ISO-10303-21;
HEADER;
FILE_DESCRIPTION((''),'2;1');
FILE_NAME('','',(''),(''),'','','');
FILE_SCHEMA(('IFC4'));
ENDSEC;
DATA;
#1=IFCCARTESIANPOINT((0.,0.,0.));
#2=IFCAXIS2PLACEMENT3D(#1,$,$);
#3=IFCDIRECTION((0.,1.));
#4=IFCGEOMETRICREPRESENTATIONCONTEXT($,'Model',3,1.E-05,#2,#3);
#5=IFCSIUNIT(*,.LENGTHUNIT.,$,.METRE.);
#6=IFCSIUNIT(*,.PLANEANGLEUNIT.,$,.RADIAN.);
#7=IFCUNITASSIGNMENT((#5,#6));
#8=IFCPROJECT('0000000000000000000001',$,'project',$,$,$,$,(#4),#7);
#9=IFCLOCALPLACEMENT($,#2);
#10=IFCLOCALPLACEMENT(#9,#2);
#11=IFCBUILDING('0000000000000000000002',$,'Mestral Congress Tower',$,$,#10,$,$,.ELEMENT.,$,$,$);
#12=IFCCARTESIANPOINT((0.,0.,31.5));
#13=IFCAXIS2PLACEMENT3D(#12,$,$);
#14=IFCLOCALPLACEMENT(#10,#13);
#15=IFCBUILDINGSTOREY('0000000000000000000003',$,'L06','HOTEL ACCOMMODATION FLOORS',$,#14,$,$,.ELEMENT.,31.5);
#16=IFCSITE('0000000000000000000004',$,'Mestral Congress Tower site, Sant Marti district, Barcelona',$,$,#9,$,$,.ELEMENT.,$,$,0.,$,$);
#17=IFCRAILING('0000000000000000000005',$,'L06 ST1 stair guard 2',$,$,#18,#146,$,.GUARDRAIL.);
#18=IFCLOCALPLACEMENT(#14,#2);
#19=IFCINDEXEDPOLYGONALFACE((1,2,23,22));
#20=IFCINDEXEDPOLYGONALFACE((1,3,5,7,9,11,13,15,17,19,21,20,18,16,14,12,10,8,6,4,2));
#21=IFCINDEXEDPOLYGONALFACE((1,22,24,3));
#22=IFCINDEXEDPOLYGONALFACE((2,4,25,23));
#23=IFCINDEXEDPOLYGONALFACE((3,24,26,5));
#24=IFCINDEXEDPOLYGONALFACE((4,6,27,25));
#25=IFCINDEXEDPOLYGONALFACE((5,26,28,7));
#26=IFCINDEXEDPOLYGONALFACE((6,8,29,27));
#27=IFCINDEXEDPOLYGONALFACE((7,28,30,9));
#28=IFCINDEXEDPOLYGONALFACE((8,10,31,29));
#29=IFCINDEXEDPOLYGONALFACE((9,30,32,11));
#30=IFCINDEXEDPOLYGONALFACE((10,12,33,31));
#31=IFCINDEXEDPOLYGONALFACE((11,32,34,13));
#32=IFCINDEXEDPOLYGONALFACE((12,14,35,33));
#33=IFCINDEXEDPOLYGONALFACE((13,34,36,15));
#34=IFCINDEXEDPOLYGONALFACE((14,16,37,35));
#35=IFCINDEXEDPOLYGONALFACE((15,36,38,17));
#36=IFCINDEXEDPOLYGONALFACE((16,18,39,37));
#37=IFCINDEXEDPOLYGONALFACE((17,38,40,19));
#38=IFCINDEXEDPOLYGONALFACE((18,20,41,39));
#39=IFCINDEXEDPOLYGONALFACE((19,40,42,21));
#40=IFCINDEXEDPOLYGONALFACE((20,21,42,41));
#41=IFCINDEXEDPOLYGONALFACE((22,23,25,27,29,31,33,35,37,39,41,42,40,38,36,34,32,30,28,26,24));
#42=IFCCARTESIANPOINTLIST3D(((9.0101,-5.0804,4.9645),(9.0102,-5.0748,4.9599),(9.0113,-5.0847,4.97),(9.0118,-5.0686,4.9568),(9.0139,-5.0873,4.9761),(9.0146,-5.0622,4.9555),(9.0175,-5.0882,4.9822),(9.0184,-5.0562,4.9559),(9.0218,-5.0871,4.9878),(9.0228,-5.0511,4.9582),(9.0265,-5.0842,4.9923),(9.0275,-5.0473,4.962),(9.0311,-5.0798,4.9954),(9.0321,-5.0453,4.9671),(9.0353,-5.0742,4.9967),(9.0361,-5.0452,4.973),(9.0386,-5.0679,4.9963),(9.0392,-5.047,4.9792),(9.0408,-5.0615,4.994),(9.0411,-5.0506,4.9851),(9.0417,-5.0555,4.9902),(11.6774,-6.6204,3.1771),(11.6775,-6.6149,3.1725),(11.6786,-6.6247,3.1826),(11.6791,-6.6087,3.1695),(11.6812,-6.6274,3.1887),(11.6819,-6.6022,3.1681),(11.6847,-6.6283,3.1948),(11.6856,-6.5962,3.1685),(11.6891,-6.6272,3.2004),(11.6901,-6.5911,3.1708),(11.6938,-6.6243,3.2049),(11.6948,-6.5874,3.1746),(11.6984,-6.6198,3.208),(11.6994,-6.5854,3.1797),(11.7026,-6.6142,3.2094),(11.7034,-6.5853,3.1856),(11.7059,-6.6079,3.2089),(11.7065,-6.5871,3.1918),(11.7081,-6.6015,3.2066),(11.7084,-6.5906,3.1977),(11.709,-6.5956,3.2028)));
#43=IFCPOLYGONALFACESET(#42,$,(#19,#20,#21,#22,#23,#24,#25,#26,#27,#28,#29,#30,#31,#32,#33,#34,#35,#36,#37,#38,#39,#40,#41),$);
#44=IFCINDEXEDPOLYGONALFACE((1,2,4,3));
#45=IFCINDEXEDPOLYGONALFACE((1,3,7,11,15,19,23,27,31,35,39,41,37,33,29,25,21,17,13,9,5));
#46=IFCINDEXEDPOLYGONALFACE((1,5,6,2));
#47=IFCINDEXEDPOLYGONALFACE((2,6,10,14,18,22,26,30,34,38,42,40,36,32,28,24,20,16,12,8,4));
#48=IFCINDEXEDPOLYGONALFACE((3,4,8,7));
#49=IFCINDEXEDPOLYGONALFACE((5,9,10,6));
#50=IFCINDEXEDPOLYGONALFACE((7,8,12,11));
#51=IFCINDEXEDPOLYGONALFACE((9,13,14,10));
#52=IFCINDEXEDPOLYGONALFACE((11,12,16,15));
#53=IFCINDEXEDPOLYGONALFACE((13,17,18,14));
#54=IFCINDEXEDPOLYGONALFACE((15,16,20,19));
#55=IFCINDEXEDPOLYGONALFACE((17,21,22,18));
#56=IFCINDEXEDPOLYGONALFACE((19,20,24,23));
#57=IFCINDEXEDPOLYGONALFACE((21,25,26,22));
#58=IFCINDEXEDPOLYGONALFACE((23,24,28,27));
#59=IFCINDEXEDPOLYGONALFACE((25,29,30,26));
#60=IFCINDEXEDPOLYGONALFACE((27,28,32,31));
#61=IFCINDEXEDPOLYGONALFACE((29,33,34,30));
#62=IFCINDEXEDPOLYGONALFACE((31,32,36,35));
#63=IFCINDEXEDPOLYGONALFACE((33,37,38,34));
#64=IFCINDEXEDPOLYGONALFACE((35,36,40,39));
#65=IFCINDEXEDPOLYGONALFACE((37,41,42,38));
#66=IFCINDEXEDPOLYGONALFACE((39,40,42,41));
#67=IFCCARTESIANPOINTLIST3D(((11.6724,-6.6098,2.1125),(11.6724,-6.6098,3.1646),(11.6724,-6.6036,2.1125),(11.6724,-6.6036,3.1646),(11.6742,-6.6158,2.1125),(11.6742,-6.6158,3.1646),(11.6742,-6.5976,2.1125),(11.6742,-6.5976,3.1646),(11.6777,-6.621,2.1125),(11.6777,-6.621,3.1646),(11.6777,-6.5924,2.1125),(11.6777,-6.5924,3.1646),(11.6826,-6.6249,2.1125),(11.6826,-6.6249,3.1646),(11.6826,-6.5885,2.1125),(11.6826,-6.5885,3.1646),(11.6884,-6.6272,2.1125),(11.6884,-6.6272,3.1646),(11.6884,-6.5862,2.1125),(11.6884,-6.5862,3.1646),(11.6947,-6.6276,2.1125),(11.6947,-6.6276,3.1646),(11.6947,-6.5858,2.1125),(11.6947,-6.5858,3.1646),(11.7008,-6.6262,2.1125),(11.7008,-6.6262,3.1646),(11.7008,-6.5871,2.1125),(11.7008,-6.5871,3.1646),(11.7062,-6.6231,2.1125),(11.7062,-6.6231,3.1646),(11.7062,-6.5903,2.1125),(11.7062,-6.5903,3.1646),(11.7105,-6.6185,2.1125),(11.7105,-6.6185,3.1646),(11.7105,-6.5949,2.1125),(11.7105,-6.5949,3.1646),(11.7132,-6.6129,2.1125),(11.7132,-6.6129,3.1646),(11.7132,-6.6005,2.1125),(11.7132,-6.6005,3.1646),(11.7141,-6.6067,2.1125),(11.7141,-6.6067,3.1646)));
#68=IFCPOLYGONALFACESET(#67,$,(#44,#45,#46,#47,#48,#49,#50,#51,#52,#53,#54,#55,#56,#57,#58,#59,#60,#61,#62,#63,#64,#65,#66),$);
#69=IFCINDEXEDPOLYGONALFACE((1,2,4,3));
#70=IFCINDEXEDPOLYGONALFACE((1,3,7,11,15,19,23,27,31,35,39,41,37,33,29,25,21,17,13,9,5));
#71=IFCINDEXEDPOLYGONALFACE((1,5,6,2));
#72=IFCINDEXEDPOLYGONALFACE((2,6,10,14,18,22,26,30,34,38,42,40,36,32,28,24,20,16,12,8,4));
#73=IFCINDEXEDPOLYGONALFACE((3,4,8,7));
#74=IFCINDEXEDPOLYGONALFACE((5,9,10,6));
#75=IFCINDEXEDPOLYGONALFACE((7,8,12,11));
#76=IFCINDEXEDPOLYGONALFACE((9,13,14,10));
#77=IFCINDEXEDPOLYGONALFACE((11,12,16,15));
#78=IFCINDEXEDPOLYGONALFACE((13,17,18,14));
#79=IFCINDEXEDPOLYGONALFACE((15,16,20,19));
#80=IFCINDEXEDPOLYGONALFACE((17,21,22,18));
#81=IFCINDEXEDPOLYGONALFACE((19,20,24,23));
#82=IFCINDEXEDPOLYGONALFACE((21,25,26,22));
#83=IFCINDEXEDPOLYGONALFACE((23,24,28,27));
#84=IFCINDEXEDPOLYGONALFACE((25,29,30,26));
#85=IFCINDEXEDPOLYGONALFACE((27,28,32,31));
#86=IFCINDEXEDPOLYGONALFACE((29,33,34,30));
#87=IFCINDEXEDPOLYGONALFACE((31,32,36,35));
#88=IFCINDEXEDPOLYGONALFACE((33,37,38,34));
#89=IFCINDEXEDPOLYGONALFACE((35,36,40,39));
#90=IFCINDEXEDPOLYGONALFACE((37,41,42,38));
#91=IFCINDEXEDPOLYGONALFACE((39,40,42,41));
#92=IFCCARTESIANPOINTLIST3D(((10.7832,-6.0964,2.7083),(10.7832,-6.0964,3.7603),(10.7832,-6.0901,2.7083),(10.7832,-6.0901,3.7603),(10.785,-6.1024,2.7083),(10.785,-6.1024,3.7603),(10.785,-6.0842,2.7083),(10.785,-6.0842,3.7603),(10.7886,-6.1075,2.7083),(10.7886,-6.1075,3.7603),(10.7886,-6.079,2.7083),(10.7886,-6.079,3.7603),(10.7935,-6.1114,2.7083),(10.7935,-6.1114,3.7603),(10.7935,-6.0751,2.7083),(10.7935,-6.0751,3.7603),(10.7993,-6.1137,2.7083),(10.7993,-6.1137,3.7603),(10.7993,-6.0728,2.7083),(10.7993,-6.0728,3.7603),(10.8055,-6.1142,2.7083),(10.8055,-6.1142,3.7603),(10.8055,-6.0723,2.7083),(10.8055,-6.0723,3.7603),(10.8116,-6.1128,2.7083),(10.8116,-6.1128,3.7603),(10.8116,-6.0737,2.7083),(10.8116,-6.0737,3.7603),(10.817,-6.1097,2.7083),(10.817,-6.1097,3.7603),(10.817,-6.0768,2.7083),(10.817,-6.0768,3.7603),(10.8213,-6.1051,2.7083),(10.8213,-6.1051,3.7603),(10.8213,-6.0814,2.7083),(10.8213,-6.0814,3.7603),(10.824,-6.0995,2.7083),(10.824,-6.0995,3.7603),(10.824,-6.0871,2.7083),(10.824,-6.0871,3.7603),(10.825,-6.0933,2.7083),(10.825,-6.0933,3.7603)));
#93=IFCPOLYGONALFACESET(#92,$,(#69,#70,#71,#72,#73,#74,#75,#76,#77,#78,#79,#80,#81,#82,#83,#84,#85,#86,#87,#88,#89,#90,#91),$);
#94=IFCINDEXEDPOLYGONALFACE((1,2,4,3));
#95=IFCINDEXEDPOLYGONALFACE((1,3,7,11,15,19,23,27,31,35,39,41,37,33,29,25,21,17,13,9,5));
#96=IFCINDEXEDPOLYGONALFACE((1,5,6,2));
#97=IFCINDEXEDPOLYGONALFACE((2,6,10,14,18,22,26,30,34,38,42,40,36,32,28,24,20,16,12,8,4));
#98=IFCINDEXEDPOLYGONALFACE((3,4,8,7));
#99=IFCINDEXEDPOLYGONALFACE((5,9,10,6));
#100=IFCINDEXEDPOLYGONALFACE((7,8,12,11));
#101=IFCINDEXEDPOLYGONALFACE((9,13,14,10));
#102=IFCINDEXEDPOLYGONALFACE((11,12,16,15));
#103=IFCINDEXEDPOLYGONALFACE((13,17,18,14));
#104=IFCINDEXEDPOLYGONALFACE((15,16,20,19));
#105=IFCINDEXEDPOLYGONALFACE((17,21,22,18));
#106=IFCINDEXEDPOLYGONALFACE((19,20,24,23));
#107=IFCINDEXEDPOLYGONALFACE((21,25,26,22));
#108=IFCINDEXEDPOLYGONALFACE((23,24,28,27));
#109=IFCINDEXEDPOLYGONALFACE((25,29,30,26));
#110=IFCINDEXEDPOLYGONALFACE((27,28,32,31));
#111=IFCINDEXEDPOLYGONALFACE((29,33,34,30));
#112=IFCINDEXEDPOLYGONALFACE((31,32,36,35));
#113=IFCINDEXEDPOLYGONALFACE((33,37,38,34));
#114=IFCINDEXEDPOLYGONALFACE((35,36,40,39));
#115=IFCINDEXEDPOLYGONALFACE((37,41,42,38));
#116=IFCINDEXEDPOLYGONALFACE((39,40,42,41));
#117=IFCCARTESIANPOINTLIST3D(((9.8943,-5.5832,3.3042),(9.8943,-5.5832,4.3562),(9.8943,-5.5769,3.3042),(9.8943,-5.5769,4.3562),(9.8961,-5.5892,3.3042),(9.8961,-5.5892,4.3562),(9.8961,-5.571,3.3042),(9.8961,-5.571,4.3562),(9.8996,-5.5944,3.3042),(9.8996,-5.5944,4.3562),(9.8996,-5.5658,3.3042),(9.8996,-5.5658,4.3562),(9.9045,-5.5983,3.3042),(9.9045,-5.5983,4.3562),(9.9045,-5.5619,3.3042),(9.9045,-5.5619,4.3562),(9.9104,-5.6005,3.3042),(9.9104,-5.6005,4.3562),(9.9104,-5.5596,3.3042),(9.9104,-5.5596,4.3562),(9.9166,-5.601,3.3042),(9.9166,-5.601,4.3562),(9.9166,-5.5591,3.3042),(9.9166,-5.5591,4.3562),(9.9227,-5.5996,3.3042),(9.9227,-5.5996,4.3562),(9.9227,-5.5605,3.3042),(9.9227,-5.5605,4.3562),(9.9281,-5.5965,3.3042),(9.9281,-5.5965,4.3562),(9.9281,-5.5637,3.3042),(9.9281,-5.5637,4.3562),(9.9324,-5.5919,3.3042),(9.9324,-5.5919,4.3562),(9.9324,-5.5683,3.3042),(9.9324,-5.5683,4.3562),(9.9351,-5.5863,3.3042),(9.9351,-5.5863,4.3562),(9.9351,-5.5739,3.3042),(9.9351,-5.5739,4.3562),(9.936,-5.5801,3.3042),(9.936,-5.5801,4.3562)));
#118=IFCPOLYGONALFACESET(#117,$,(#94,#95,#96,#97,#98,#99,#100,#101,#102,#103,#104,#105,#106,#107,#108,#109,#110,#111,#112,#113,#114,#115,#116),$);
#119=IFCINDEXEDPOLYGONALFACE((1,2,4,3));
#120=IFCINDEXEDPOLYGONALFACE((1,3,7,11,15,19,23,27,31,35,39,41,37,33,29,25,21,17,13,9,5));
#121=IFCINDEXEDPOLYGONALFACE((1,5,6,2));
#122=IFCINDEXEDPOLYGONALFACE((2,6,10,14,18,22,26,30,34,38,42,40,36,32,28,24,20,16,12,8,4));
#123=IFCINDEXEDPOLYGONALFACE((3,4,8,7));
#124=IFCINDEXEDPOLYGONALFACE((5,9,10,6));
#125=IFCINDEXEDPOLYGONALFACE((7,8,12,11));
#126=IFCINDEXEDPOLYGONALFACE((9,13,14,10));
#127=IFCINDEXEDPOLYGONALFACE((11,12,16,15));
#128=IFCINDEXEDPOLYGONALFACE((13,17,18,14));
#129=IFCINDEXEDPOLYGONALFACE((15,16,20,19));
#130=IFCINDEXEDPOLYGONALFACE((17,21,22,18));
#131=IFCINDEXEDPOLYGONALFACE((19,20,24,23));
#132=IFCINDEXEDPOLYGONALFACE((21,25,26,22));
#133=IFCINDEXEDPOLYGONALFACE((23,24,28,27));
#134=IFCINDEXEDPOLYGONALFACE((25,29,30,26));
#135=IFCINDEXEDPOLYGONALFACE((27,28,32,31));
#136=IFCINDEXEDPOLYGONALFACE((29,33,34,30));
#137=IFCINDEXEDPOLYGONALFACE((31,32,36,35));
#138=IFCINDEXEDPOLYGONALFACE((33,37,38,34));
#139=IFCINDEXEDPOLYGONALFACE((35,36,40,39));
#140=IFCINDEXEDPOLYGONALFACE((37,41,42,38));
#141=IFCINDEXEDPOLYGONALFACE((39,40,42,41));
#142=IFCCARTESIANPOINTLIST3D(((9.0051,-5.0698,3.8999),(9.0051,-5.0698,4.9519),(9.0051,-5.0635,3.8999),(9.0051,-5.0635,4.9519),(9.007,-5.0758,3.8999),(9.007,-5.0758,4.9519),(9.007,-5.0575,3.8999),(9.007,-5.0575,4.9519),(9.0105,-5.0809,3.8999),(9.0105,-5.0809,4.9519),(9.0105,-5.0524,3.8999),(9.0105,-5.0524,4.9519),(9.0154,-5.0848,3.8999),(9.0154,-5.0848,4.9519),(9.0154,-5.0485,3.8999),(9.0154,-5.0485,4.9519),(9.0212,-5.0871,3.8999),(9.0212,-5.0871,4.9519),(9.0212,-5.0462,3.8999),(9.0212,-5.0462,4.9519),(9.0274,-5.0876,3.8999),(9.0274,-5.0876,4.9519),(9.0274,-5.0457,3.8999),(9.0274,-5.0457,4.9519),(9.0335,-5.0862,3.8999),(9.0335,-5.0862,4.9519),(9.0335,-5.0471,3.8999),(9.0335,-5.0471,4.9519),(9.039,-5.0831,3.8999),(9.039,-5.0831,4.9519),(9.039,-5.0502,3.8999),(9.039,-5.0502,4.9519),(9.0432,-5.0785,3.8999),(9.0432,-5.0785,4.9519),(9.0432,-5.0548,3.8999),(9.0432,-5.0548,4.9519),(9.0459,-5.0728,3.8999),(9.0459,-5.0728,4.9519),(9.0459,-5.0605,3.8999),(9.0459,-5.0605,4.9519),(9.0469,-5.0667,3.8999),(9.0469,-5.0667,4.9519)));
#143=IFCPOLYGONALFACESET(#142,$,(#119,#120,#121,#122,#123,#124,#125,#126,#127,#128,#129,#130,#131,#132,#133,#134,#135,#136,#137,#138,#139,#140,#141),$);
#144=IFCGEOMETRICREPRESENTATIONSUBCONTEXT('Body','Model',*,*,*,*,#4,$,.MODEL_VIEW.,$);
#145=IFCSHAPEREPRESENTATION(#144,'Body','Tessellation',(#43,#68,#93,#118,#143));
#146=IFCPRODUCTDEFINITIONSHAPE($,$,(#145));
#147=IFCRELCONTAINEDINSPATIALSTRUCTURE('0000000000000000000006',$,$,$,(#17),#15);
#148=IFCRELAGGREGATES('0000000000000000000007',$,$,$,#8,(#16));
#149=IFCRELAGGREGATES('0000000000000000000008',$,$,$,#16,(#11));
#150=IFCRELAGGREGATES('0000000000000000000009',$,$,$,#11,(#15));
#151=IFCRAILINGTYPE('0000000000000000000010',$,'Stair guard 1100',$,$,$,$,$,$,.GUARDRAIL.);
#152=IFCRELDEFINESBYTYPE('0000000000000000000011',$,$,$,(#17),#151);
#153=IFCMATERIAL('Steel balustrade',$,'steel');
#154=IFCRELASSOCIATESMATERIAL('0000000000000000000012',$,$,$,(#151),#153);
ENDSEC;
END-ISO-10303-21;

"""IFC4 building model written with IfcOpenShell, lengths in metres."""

from ifc_helpers import new_model, si_unit, direction, frame, origin, origin_2d, place, context, subcontext, project, spatial, circle, extrude, material, type_object, element, save


model = new_model("IFC4")

# Units and contexts
model_context = context("Model", 3, precision=1e-05, world=origin(), true_north=direction((0.0, 1.0)))
body_context = subcontext(model_context, "Body", "Model", "MODEL_VIEW")
ifc_project = project(units=[si_unit("LENGTHUNIT", "METRE"), si_unit("PLANEANGLEUNIT", "RADIAN")], contexts=[model_context])

# Site, building, storey
site_placement = place(None, origin())
site = spatial("IfcSite", under=ifc_project, at=site_placement, Name="Mestral Congress Tower site, Sant Marti district, Barcelona", CompositionType="ELEMENT", RefElevation=0.0)
building_placement = place(site_placement, origin())
building = spatial("IfcBuilding", under=site, at=building_placement, Name="Mestral Congress Tower", CompositionType="ELEMENT")
storey_placement = place(building_placement, frame((0.0, 0.0, 31.5)))
storey = spatial("IfcBuildingStorey", under=building, at=storey_placement, Name="L06", Description="HOTEL ACCOMMODATION FLOORS", CompositionType="ELEMENT", Elevation=31.5)

# Railing
ifc_material_1 = material(Name="Steel balustrade", Category="steel")
railing_type_1 = type_object("IfcRailingType", Name="Stair guard 1100", PredefinedType="GUARDRAIL", material=ifc_material_1)
railing_1_placement = place(storey_placement, frame((11.6931, -6.6067, 2.1125)))
element("IfcRailing", 1, at=railing_1_placement, inside=storey, type_object=railing_type_1, Name="L06 ST1 stair guard 2", PredefinedType="GUARDRAIL", context=body_context, shape_type="SweptSolid", body=[
    extrude(circle(Radius=0.0239, at=origin_2d()), frame((0.0, 0.0, 1.0762), z_axis=(-0.74902, 0.432477, 0.501929), x_axis=(-0.500027, -0.86601, 0.0)), (0.0, 0.0, 1.0), 3.561),
    extrude(circle(Radius=0.021, at=origin_2d()), origin(), (0.0, 0.0, 1.0), 1.052),
    extrude(circle(Radius=0.021, at=origin_2d()), frame((-0.8892, 0.5134, 0.5957)), (0.0, 0.0, 1.0), 1.052),
    extrude(circle(Radius=0.021, at=origin_2d()), frame((-1.7781, 1.0266, 1.1917)), (0.0, 0.0, 1.0), 1.052),
    extrude(circle(Radius=0.021, at=origin_2d()), frame((-2.6672, 1.54, 1.7874)), (0.0, 0.0, 1.0), 1.052),
])

save(model, "model.ifc")
